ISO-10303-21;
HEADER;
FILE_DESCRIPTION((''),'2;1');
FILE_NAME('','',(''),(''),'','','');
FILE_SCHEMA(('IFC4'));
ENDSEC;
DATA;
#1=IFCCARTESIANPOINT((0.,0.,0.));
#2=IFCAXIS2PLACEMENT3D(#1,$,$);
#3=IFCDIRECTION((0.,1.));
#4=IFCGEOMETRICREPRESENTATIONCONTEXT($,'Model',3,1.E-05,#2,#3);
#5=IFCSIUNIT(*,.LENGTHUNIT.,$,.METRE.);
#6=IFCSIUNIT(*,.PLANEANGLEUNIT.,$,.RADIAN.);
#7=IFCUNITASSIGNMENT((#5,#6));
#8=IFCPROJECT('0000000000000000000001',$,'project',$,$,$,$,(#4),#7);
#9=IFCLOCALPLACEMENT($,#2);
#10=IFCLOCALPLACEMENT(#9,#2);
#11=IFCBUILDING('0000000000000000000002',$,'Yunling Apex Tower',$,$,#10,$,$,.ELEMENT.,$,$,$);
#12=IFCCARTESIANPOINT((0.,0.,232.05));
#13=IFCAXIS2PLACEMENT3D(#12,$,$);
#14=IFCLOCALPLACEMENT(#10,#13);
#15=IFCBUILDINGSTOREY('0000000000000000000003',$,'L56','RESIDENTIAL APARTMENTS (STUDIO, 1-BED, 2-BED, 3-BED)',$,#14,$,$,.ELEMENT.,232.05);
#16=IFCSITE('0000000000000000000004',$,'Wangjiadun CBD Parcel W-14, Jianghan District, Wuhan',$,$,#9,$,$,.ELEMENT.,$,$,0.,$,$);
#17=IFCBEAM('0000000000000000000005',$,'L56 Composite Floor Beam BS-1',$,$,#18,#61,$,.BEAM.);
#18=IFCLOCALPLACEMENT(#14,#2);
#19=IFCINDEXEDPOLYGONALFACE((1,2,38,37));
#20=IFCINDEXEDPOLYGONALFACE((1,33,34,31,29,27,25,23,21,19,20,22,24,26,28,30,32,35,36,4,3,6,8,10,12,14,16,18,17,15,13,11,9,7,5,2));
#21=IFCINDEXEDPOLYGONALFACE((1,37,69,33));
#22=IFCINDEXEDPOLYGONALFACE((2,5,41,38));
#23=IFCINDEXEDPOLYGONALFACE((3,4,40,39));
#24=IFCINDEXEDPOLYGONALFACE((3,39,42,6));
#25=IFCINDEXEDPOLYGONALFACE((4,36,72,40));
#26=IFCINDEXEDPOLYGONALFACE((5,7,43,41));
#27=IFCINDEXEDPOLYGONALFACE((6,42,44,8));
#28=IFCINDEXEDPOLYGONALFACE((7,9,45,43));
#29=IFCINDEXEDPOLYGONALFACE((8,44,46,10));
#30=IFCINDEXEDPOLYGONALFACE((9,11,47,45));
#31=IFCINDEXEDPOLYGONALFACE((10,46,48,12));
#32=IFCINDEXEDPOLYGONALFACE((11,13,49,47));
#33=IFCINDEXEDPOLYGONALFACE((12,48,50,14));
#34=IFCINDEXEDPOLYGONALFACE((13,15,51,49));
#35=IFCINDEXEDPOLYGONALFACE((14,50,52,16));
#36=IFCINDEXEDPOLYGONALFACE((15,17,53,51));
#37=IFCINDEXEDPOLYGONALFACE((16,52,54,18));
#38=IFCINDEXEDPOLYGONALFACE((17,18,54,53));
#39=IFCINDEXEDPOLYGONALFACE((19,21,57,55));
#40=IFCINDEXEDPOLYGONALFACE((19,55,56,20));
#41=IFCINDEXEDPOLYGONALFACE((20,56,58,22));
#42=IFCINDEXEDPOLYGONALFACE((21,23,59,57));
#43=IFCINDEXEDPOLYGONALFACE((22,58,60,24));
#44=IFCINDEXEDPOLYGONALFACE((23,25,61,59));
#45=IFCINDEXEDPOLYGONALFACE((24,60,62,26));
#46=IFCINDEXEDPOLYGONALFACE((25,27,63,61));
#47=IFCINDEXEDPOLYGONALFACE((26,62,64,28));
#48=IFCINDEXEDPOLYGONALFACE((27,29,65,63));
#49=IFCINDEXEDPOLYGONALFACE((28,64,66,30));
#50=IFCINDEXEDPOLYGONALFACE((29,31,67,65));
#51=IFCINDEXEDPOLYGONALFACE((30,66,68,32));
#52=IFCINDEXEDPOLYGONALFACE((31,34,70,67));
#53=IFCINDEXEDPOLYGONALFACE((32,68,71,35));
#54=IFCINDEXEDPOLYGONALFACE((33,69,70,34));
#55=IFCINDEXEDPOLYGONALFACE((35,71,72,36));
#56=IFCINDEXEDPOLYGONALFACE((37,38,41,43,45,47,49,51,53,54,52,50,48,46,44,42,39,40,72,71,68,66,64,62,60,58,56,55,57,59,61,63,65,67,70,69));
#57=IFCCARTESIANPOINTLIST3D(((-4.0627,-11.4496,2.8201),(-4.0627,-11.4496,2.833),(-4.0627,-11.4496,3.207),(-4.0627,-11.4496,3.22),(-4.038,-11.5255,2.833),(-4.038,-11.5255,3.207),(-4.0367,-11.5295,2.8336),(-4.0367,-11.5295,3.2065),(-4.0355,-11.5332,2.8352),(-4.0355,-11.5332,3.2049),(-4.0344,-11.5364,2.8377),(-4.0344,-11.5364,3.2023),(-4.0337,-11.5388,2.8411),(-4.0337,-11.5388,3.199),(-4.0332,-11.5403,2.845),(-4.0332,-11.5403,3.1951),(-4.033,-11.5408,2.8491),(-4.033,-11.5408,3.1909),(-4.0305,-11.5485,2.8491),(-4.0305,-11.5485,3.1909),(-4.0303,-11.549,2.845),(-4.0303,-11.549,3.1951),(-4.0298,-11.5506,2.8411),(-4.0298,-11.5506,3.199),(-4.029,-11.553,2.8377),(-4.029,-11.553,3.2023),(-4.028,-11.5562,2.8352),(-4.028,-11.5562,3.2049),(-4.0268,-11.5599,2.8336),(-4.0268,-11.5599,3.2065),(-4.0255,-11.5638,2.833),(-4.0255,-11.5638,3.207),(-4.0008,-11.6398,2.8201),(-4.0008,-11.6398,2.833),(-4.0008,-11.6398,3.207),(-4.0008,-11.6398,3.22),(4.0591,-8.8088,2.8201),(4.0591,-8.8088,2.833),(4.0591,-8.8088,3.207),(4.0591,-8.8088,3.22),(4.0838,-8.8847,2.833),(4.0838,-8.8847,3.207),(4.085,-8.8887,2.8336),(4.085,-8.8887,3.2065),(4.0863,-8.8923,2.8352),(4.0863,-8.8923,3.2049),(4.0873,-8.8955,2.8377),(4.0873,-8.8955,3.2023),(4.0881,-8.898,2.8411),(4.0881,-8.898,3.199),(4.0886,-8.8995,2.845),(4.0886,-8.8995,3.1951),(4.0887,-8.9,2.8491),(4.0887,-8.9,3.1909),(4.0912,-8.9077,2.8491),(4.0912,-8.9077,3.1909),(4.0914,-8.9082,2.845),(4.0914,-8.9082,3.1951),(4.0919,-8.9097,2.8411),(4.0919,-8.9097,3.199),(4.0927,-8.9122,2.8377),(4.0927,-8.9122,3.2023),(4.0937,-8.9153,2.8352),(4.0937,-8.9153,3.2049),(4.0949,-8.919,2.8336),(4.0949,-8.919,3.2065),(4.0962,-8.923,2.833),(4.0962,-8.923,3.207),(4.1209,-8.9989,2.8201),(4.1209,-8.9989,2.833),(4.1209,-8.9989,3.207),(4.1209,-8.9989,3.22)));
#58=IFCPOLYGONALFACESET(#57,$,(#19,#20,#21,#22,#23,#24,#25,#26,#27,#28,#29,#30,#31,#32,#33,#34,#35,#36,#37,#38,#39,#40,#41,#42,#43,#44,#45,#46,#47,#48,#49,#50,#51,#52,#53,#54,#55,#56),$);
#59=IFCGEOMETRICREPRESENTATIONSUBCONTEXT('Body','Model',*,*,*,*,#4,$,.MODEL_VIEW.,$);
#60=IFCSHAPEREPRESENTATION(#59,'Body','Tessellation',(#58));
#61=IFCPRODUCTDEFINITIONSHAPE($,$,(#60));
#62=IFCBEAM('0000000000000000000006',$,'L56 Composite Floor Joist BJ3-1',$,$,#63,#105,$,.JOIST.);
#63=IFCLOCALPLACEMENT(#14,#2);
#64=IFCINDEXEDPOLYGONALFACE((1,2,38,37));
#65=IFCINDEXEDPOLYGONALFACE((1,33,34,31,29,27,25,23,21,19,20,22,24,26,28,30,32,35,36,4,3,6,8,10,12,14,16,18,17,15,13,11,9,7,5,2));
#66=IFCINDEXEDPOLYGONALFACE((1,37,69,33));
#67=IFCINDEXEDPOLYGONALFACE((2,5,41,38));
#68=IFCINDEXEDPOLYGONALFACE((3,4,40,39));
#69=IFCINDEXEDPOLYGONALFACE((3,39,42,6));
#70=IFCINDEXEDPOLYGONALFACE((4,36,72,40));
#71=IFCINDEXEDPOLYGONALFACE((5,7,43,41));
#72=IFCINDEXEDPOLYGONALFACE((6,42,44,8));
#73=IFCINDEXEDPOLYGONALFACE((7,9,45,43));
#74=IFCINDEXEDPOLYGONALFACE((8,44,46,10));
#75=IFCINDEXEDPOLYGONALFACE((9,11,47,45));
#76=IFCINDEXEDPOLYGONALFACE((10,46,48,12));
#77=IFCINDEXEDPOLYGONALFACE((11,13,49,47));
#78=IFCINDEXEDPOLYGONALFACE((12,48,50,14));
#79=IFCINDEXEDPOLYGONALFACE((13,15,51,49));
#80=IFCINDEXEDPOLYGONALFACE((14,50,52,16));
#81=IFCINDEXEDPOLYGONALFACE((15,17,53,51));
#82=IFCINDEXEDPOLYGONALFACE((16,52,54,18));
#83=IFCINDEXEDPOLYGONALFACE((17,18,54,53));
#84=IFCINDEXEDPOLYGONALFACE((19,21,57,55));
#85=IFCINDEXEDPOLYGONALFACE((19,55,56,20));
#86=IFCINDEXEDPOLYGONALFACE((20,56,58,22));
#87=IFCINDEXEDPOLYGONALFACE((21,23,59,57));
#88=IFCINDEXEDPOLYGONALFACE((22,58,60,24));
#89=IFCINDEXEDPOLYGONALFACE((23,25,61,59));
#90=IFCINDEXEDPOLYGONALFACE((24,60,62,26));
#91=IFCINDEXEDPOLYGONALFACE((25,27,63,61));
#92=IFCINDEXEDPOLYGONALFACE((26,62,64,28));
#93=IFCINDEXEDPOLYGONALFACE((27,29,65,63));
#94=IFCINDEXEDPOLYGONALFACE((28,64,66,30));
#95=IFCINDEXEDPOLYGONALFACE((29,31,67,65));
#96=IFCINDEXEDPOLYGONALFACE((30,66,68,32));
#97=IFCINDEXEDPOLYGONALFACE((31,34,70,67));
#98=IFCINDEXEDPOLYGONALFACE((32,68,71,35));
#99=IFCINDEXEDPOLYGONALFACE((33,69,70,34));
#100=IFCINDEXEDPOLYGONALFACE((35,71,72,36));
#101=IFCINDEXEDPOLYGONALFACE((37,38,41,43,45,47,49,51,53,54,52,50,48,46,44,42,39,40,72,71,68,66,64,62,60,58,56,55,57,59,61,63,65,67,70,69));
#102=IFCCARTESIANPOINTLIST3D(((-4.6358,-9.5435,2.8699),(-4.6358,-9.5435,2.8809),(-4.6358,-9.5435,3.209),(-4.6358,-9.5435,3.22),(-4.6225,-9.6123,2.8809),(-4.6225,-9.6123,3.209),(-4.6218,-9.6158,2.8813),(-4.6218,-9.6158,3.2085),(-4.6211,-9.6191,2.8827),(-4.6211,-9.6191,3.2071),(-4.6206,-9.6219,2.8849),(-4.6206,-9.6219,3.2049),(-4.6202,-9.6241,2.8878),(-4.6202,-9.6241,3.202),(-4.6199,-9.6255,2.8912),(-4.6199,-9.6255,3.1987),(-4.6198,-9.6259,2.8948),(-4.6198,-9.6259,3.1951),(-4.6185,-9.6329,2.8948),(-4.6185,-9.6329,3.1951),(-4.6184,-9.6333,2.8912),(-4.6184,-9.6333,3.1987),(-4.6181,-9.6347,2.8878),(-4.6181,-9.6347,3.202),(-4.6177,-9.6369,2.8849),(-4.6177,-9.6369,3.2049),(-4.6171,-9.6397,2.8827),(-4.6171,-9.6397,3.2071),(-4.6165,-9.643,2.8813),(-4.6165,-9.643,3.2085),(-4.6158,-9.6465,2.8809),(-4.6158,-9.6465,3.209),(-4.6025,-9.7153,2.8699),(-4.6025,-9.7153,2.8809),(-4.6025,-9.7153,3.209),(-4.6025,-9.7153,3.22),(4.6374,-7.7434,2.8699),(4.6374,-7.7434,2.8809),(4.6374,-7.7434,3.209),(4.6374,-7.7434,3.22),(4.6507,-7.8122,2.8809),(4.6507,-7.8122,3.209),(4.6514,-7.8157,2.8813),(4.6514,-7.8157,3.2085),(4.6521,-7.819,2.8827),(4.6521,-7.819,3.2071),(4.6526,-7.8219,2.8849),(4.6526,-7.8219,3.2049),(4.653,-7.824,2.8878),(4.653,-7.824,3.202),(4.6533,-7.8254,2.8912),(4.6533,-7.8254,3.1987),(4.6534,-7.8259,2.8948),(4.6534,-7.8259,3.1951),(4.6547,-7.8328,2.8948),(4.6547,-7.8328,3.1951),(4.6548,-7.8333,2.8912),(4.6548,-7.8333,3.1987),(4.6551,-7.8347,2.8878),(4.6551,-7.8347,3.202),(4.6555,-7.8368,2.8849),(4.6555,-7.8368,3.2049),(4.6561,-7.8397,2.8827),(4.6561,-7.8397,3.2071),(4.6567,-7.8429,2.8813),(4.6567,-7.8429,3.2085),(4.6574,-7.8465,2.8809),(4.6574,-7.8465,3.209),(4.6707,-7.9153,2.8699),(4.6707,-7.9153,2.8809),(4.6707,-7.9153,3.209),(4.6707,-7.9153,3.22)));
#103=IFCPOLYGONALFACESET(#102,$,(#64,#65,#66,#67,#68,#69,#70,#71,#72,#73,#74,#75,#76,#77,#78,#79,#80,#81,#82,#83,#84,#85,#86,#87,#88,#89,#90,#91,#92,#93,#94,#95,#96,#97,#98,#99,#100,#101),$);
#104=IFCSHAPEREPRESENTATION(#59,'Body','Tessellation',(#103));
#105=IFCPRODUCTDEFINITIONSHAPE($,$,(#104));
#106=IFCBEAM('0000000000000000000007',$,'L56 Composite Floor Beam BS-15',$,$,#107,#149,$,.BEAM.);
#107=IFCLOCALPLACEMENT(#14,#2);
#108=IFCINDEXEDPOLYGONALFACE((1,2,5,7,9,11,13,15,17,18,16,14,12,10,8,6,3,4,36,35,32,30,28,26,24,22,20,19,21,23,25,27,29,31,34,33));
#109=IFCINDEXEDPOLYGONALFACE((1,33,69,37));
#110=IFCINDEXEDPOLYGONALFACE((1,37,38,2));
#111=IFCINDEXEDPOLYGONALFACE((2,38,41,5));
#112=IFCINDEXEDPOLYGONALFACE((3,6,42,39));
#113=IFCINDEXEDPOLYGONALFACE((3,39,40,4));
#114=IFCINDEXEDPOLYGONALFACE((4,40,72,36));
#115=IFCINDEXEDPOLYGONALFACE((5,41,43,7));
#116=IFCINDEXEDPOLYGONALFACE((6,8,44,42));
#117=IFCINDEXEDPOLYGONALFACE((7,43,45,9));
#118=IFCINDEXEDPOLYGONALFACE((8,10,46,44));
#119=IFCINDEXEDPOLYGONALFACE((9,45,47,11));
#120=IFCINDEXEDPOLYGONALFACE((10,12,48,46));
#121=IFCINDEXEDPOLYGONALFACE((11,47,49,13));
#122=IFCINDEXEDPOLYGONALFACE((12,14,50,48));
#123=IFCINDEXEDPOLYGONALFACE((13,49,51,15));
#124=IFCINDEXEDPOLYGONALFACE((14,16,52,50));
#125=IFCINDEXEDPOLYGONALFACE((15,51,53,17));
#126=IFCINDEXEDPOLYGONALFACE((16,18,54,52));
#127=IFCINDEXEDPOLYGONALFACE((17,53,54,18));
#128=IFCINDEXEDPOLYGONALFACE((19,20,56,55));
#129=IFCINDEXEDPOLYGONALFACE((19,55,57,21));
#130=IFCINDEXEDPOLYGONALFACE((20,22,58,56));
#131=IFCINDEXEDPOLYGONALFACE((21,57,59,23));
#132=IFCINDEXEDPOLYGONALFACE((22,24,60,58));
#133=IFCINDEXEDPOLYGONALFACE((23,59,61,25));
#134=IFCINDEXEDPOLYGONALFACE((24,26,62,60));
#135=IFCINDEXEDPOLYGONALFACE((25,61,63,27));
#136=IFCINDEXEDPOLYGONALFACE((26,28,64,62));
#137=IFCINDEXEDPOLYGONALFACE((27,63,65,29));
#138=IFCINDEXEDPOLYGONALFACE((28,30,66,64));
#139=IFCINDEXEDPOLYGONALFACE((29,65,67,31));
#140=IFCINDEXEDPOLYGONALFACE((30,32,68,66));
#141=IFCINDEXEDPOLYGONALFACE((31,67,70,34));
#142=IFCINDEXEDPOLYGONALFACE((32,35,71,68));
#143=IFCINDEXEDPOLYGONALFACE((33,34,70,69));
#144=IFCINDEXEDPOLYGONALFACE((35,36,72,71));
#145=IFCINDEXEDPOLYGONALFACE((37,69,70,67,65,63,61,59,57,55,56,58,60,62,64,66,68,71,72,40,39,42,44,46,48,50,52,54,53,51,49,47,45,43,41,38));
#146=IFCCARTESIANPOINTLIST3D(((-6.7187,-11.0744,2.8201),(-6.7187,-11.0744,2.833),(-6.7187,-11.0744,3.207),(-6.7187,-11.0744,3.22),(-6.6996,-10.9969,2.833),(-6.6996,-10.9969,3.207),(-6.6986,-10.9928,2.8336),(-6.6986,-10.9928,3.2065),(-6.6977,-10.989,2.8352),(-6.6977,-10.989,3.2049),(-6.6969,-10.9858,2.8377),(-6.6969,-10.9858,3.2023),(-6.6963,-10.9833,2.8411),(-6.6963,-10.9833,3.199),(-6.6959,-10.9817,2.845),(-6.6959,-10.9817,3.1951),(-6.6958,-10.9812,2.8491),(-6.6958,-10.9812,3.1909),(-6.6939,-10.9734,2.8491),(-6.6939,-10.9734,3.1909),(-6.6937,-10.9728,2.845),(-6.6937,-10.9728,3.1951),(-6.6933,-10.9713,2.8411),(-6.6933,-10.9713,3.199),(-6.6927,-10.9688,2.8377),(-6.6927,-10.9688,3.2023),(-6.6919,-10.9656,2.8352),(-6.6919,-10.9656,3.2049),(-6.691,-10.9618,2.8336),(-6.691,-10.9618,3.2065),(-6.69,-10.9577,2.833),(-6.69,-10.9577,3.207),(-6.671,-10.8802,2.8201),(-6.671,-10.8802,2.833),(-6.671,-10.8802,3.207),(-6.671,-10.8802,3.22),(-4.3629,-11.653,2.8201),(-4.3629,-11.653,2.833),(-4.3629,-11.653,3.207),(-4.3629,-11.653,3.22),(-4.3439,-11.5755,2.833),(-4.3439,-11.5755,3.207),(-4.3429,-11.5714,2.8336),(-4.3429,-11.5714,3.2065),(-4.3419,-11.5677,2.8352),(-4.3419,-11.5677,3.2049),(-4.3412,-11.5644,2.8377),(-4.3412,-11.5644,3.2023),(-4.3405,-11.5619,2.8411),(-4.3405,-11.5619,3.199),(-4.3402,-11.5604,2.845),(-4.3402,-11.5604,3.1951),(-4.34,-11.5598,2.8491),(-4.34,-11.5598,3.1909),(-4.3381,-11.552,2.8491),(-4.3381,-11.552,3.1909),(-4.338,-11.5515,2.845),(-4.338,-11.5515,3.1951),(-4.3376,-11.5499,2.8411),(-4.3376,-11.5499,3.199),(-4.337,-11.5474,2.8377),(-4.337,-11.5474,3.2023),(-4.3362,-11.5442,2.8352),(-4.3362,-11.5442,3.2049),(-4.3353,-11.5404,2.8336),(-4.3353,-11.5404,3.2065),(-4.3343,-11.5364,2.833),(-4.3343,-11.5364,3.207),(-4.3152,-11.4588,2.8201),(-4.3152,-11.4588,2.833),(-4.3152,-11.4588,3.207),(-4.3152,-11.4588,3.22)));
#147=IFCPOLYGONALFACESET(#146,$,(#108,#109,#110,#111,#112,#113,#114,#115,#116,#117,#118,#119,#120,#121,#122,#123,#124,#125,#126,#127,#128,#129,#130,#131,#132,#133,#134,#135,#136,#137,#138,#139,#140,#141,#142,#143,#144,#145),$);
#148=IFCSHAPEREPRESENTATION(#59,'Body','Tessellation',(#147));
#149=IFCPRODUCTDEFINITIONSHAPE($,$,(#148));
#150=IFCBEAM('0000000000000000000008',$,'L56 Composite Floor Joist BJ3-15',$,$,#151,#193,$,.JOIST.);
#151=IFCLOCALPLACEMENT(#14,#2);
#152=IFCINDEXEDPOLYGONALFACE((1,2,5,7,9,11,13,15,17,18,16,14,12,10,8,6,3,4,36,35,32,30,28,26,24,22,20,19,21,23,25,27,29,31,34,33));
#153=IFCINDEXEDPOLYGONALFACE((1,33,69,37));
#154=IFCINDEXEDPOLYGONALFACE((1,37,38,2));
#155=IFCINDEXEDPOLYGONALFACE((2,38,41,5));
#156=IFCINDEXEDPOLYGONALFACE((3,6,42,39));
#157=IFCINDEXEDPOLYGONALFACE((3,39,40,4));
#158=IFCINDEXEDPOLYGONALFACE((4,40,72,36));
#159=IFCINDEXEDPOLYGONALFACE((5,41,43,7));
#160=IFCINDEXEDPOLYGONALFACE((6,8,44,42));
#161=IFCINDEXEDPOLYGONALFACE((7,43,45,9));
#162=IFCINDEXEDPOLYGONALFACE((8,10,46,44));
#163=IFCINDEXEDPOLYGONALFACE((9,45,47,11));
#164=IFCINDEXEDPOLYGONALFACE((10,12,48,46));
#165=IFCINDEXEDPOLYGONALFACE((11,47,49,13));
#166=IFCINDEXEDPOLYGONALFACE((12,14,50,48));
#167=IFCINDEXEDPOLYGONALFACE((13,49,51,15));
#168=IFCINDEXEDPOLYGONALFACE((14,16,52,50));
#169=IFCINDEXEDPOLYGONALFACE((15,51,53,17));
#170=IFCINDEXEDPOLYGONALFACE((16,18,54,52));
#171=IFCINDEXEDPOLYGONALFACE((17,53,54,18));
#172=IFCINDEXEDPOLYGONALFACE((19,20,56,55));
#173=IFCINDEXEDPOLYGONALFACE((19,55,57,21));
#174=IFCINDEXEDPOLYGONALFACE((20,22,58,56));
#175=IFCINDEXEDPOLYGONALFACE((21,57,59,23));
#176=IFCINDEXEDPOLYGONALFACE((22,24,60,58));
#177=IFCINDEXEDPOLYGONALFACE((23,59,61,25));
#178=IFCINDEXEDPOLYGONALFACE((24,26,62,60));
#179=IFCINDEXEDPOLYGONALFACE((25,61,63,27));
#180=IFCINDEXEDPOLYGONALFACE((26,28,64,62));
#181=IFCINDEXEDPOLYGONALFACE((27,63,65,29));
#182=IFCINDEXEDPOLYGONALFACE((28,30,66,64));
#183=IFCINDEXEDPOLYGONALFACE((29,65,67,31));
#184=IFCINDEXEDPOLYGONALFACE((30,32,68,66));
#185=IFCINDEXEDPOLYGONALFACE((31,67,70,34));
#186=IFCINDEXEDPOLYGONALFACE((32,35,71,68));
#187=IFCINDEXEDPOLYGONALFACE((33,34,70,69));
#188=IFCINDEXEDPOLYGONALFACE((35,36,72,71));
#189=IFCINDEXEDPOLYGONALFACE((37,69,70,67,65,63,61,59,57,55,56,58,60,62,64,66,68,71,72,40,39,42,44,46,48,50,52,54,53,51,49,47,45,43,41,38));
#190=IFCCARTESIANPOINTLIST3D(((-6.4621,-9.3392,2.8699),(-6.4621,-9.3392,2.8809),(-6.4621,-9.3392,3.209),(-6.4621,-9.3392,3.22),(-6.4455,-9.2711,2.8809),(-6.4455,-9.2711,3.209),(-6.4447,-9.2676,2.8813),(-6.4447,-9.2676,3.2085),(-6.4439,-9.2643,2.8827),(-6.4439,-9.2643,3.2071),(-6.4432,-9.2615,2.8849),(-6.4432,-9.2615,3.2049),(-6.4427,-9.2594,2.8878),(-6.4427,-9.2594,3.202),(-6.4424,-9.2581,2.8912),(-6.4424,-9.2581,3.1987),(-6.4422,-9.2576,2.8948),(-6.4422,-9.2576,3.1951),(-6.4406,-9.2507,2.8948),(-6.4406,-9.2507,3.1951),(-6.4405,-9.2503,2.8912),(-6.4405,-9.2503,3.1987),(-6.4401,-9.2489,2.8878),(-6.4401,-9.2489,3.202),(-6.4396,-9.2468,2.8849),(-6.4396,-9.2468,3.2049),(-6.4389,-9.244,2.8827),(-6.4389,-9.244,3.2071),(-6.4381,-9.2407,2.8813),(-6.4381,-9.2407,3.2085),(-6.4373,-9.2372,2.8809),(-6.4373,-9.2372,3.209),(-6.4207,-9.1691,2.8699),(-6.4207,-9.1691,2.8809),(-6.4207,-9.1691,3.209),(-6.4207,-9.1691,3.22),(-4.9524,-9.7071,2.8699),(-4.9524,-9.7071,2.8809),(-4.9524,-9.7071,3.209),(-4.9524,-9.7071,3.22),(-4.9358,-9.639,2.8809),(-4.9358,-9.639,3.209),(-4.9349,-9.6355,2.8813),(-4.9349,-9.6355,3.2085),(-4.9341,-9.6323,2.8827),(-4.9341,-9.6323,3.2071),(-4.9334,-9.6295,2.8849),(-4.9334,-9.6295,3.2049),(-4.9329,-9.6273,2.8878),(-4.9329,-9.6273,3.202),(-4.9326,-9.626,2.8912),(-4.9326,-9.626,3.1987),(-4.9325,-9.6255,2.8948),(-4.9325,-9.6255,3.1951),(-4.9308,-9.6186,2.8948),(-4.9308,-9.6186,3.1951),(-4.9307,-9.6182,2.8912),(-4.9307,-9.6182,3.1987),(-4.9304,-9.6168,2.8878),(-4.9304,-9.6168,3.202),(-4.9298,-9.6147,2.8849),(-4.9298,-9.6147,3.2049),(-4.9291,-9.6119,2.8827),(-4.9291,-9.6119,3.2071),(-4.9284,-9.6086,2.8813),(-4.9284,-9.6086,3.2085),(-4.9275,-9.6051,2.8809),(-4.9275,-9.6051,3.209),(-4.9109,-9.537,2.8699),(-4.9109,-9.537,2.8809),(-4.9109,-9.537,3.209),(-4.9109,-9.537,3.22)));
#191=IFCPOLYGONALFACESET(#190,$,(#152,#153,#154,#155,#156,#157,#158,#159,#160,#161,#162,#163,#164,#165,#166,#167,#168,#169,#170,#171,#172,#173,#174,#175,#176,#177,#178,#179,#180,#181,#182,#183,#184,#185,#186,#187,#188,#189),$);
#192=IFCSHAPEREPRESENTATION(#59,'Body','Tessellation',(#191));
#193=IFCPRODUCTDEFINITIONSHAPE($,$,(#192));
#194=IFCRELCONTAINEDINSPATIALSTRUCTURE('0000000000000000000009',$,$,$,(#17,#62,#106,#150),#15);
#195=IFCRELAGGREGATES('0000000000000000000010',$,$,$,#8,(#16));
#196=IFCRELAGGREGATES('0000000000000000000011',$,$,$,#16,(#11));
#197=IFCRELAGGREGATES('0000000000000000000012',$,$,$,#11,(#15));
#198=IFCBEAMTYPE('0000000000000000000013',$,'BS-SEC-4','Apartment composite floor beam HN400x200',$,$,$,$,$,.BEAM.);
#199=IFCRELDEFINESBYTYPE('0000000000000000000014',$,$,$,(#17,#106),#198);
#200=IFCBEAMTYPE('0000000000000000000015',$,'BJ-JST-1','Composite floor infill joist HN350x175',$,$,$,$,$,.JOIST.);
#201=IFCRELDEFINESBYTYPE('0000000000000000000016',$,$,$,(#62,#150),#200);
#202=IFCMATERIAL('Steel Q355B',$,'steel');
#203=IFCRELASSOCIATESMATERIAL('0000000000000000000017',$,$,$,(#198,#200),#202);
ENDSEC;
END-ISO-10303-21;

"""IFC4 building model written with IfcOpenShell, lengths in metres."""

from ifc_helpers import new_model, si_unit, direction, frame, origin, origin_2d, place, context, subcontext, project, spatial, i_section, extrude, source, transform, mapped, material, material_profile, profile_set, type_object, element, save


model = new_model("IFC4")

# Units and contexts
model_context = context("Model", 3, precision=1e-05, world=origin(), true_north=direction((0.0, 1.0)))
body_context = subcontext(model_context, "Body", "Model", "MODEL_VIEW")
ifc_project = project(units=[si_unit("LENGTHUNIT", "METRE"), si_unit("PLANEANGLEUNIT", "RADIAN")], contexts=[model_context])

# Site, building, storey
site_placement = place(None, origin())
site = spatial("IfcSite", under=ifc_project, at=site_placement, Name="Wangjiadun CBD Parcel W-14, Jianghan District, Wuhan", CompositionType="ELEMENT", RefElevation=0.0)
building_placement = place(site_placement, origin())
building = spatial("IfcBuilding", under=site, at=building_placement, Name="Yunling Apex Tower", CompositionType="ELEMENT")
storey_placement = place(building_placement, frame((0.0, 0.0, 232.05)))
storey = spatial("IfcBuildingStorey", under=building, at=storey_placement, Name="L56", Description="RESIDENTIAL APARTMENTS (STUDIO, 1-BED, 2-BED, 3-BED)", CompositionType="ELEMENT", Elevation=232.05)

# Beams
ifc_material_1 = material(Name="Steel Q355B", Category="steel")
ifc_material_profile_1 = material_profile(ifc_material_1, i_section(OverallWidth=0.2, OverallDepth=0.3999, WebThickness=0.0081, FlangeThickness=0.0129, FilletRadius=0.0161, at=origin_2d()))
ifc_profile_set_1 = profile_set([ifc_material_profile_1], Name="Steel Q355B")
beam_type_1 = type_object("IfcBeamType", Name="BS-SEC-4", Description="Apartment composite floor beam HN400x200", PredefinedType="BEAM", material=ifc_profile_set_1)
shared_shape_1 = source(origin(), body_context, "Body", "SweptSolid", [
    extrude(i_section(OverallWidth=0.2, OverallDepth=0.3999, WebThickness=0.0081, FlangeThickness=0.0129, FilletRadius=0.0161, at=origin_2d()), origin(), (0.0, 0.0, 1.0), 8.5403),
])
beam_1_placement = place(storey_placement, frame((-4.0317, -11.5447, 3.02), z_axis=(0.95099, 0.309221, 0.0), x_axis=(-0.309221, 0.95099, 0.0)))
element("IfcBeam", 1, at=beam_1_placement, inside=storey, type_object=beam_type_1, Name="L56 Composite Floor Beam BS-1", PredefinedType="BEAM", context=body_context, shape_type="MappedRepresentation", body=[
    mapped(shared_shape_1, transform((0.0, 0.0, 0.0), scale=1.0)),
])
ifc_material_profile_2 = material_profile(ifc_material_1, i_section(OverallWidth=0.175, OverallDepth=0.3501, WebThickness=0.0071, FlangeThickness=0.011, FilletRadius=0.0139, at=origin_2d()))
ifc_profile_set_2 = profile_set([ifc_material_profile_2], Name="Steel Q355B")
beam_type_2 = type_object("IfcBeamType", Name="BJ-JST-1", Description="Composite floor infill joist HN350x175", PredefinedType="JOIST", material=ifc_profile_set_2)
shared_shape_2 = source(origin(), body_context, "Body", "SweptSolid", [
    extrude(i_section(OverallWidth=0.175, OverallDepth=0.3501, WebThickness=0.0071, FlangeThickness=0.011, FilletRadius=0.0139, at=origin_2d()), origin(), (0.0, 0.0, 1.0), 9.4463),
])
beam_2_placement = place(storey_placement, frame((-4.6191, -9.6294, 3.0449), z_axis=(0.981676, 0.190556, 0.0), x_axis=(-0.190556, 0.981676, 0.0)))
element("IfcBeam", 2, at=beam_2_placement, inside=storey, type_object=beam_type_2, Name="L56 Composite Floor Joist BJ3-1", PredefinedType="JOIST", context=body_context, shape_type="MappedRepresentation", body=[
    mapped(shared_shape_2, transform((0.0, 0.0, 0.0), scale=1.0)),
])
shared_shape_3 = source(origin(), body_context, "Body", "SweptSolid", [
    extrude(i_section(OverallWidth=0.2, OverallDepth=0.3999, WebThickness=0.0081, FlangeThickness=0.0129, FilletRadius=0.0161, at=origin_2d()), origin(), (0.0, 0.0, 1.0), 2.4258),
])
beam_3_placement = place(storey_placement, frame((-6.6948, -10.9773, 3.02), z_axis=(0.971135, -0.238531, 0.0), x_axis=(0.238531, 0.971135, 0.0)))
element("IfcBeam", 3, at=beam_3_placement, inside=storey, type_object=beam_type_1, Name="L56 Composite Floor Beam BS-15", PredefinedType="BEAM", context=body_context, shape_type="MappedRepresentation", body=[
    mapped(shared_shape_3, transform((0.0, 0.0, 0.0), scale=1.0)),
])
shared_shape_4 = source(origin(), body_context, "Body", "SweptSolid", [
    extrude(i_section(OverallWidth=0.175, OverallDepth=0.3501, WebThickness=0.0071, FlangeThickness=0.011, FilletRadius=0.0139, at=origin_2d()), origin(), (0.0, 0.0, 1.0), 1.554),
])
beam_4_placement = place(storey_placement, frame((-6.4414, -9.2542, 3.0449), z_axis=(0.971567, -0.236764, 0.0), x_axis=(0.236764, 0.971567, 0.0)))
element("IfcBeam", 4, at=beam_4_placement, inside=storey, type_object=beam_type_2, Name="L56 Composite Floor Joist BJ3-15", PredefinedType="JOIST", context=body_context, shape_type="MappedRepresentation", body=[
    mapped(shared_shape_4, transform((0.0, 0.0, 0.0), scale=1.0)),
])

save(model, "model.ifc")
